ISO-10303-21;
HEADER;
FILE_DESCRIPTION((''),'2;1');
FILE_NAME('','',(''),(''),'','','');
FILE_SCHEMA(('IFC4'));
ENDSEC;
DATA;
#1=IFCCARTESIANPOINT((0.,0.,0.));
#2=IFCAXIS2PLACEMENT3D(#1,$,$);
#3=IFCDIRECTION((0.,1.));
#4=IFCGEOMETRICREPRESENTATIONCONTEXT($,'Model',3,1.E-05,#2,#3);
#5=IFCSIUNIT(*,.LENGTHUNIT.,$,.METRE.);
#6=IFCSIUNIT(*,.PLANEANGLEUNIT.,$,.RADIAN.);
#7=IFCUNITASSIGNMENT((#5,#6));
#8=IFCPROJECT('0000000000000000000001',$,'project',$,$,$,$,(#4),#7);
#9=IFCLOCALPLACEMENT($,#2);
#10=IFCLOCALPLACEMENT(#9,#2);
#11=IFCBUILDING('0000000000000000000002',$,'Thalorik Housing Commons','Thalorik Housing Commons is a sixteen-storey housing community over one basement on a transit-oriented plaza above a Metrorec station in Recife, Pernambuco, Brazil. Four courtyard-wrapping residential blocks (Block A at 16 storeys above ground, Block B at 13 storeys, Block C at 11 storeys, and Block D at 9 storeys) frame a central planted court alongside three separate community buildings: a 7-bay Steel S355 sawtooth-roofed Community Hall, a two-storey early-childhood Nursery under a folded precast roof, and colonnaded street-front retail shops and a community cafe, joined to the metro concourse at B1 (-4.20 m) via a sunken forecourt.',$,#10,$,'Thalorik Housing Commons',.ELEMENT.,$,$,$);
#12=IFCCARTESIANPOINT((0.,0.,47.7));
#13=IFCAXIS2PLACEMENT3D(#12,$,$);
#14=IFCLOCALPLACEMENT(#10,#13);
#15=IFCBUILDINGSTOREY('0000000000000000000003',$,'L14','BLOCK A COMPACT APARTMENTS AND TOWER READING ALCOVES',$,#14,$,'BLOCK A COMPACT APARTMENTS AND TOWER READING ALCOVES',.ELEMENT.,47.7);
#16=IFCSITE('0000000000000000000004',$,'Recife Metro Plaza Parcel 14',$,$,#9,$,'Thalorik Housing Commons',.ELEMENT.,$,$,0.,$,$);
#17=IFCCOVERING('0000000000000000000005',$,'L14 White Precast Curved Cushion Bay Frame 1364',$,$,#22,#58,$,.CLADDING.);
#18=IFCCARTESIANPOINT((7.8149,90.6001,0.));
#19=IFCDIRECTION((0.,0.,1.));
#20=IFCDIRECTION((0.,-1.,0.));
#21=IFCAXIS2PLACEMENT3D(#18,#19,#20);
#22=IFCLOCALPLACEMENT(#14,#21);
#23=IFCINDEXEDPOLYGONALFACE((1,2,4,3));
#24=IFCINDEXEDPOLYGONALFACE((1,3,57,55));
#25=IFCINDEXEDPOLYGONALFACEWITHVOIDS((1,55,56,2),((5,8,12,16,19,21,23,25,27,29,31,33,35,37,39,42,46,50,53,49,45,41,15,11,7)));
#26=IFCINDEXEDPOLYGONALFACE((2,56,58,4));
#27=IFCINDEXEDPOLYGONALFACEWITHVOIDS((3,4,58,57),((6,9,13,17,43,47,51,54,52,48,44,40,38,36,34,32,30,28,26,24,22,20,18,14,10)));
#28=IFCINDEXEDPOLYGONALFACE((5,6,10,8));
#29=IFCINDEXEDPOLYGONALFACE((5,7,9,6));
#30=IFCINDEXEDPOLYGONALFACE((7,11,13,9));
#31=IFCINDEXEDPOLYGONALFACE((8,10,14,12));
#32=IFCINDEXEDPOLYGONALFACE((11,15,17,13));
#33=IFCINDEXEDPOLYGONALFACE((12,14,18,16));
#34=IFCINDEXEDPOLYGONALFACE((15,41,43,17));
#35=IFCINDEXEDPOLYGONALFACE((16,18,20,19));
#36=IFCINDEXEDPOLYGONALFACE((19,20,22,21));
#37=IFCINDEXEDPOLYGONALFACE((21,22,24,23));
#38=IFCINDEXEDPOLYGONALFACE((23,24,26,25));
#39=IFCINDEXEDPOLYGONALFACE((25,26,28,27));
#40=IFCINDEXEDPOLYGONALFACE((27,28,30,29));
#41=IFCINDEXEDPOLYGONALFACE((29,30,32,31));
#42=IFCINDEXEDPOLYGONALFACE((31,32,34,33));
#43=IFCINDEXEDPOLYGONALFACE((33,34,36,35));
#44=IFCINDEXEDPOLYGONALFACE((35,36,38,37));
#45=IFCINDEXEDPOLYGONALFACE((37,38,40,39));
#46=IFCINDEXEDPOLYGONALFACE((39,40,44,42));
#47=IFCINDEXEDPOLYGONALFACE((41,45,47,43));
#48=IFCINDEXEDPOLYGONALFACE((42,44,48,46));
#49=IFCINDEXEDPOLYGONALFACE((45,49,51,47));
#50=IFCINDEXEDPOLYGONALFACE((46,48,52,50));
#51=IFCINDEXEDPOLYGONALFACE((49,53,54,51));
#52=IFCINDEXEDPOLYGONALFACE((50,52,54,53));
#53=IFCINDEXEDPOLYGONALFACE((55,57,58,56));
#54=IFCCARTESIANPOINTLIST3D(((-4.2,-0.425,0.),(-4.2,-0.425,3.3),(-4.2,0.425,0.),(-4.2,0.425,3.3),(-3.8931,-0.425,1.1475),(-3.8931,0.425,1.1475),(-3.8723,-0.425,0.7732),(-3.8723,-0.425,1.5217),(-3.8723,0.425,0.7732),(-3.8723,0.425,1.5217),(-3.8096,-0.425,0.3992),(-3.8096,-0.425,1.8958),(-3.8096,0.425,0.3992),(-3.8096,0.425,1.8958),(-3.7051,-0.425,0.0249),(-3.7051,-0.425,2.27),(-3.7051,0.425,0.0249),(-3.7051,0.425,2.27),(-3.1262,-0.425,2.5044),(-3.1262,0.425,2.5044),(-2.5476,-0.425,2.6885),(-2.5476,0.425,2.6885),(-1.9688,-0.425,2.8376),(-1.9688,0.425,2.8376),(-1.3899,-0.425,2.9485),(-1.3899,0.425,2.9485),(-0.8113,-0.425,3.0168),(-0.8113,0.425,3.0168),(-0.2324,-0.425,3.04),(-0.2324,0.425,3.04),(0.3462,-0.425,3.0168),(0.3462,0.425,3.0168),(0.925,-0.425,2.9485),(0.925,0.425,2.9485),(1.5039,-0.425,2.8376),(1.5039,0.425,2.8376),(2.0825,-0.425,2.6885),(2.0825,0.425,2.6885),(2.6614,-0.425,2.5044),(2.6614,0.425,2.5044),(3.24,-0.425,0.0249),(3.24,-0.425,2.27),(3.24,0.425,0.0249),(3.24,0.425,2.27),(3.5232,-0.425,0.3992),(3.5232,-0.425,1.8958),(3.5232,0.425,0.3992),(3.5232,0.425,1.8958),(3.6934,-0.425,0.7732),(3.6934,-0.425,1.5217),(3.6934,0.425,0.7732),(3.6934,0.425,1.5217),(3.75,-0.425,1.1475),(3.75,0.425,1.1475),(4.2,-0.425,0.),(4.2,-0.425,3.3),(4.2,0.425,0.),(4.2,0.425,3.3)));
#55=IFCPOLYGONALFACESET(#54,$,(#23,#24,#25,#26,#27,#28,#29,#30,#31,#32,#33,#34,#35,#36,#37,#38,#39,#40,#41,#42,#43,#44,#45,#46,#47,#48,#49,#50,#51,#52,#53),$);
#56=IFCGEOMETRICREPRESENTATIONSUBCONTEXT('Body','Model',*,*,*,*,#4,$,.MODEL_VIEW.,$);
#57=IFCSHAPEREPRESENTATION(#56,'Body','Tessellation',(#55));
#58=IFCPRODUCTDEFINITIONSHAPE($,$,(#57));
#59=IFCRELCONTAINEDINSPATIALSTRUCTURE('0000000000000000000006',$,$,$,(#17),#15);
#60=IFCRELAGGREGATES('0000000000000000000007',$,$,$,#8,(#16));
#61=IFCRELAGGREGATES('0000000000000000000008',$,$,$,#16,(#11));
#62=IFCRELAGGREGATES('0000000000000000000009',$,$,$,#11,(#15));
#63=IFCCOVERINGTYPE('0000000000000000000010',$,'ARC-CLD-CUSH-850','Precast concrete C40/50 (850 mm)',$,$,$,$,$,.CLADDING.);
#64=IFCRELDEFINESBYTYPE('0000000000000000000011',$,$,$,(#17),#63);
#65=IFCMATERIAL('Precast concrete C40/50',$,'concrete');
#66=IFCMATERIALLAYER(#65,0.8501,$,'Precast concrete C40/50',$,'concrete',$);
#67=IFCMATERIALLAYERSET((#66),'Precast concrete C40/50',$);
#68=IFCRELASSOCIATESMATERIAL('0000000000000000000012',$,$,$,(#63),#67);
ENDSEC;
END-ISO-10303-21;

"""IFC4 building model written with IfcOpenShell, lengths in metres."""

from ifc_helpers import new_model, si_unit, direction, frame, origin, place, context, subcontext, project, spatial, polyline, outline, extrude, material, layer, layer_set, type_object, element, save


model = new_model("IFC4")

# Units and contexts
model_context = context("Model", 3, precision=1e-05, world=origin(), true_north=direction((0.0, 1.0)))
body_context = subcontext(model_context, "Body", "Model", "MODEL_VIEW")
ifc_project = project(units=[si_unit("LENGTHUNIT", "METRE"), si_unit("PLANEANGLEUNIT", "RADIAN")], contexts=[model_context])

# Site, building, storey
site_placement = place(None, origin())
site = spatial("IfcSite", under=ifc_project, at=site_placement, Name="Recife Metro Plaza Parcel 14", LongName="Thalorik Housing Commons", CompositionType="ELEMENT", RefElevation=0.0)
building_placement = place(site_placement, origin())
building = spatial("IfcBuilding", under=site, at=building_placement, Name="Thalorik Housing Commons", Description="Thalorik Housing Commons is a sixteen-storey housing community over one basement on a transit-oriented plaza above a Metrorec station in Recife, Pernambuco, Brazil. Four courtyard-wrapping residential blocks (Block A at 16 storeys above ground, Block B at 13 storeys, Block C at 11 storeys, and Block D at 9 storeys) frame a central planted court alongside three separate community buildings: a 7-bay Steel S355 sawtooth-roofed Community Hall, a two-storey early-childhood Nursery under a folded precast roof, and colonnaded street-front retail shops and a community cafe, joined to the metro concourse at B1 (-4.20 m) via a sunken forecourt.", LongName="Thalorik Housing Commons", CompositionType="ELEMENT")
storey_placement = place(building_placement, frame((0.0, 0.0, 47.7)))
storey = spatial("IfcBuildingStorey", under=building, at=storey_placement, Name="L14", Description="BLOCK A COMPACT APARTMENTS AND TOWER READING ALCOVES", LongName="BLOCK A COMPACT APARTMENTS AND TOWER READING ALCOVES", CompositionType="ELEMENT", Elevation=47.7)

# Shared definitions
ifc_material_1 = material(Name="Precast concrete C40/50", Category="concrete")

# Covering
ifc_layer_1 = layer(ifc_material_1, 0.8501, Name="Precast concrete C40/50", Category="concrete")
ifc_layer_set_1 = layer_set([ifc_layer_1], Name="Precast concrete C40/50")
covering_type_1 = type_object("IfcCoveringType", Name="ARC-CLD-CUSH-850", Description="Precast concrete C40/50 (850 mm)", PredefinedType="CLADDING", material=ifc_layer_set_1)
covering_1_placement = place(storey_placement, frame((7.8149, 90.6001, 0.0), z_axis=(0.0, 0.0, 1.0), x_axis=(0.0, -1.0, 0.0)))
element("IfcCovering", 1, at=covering_1_placement, inside=storey, type_object=covering_type_1, Name="L14 White Precast Curved Cushion Bay Frame 1364", PredefinedType="CLADDING", context=body_context, shape_type="SweptSolid", body=[
    extrude(outline(polyline([(-4.2, 0.0), (4.2, 0.0), (4.2, 3.3), (-4.2, 3.3), (-4.2, 0.0)]), holes=[polyline([(3.24, 0.0249), (3.5232, 0.3992), (3.6934, 0.7732), (3.75, 1.1475), (3.6934, 1.5217), (3.5232, 1.8958), (3.24, 2.27), (2.6614, 2.5044), (2.0825, 2.6885), (1.5039, 2.8376), (0.925, 2.9485), (0.3462, 3.0168), (-0.2324, 3.04), (-0.8113, 3.0168), (-1.3899, 2.9485), (-1.9688, 2.8376), (-2.5476, 2.6885), (-3.1262, 2.5044), (-3.7051, 2.27), (-3.8096, 1.8958), (-3.8723, 1.5217), (-3.8931, 1.1475), (-3.8723, 0.7732), (-3.8096, 0.3992), (-3.7051, 0.0249), (3.24, 0.0249)])]), frame((0.0, 0.425, 0.0), z_axis=(0.0, -1.0, 0.0), x_axis=(1.0, 0.0, 0.0)), (0.0, 0.0, 1.0), 0.8501),
])

save(model, "model.ifc")
